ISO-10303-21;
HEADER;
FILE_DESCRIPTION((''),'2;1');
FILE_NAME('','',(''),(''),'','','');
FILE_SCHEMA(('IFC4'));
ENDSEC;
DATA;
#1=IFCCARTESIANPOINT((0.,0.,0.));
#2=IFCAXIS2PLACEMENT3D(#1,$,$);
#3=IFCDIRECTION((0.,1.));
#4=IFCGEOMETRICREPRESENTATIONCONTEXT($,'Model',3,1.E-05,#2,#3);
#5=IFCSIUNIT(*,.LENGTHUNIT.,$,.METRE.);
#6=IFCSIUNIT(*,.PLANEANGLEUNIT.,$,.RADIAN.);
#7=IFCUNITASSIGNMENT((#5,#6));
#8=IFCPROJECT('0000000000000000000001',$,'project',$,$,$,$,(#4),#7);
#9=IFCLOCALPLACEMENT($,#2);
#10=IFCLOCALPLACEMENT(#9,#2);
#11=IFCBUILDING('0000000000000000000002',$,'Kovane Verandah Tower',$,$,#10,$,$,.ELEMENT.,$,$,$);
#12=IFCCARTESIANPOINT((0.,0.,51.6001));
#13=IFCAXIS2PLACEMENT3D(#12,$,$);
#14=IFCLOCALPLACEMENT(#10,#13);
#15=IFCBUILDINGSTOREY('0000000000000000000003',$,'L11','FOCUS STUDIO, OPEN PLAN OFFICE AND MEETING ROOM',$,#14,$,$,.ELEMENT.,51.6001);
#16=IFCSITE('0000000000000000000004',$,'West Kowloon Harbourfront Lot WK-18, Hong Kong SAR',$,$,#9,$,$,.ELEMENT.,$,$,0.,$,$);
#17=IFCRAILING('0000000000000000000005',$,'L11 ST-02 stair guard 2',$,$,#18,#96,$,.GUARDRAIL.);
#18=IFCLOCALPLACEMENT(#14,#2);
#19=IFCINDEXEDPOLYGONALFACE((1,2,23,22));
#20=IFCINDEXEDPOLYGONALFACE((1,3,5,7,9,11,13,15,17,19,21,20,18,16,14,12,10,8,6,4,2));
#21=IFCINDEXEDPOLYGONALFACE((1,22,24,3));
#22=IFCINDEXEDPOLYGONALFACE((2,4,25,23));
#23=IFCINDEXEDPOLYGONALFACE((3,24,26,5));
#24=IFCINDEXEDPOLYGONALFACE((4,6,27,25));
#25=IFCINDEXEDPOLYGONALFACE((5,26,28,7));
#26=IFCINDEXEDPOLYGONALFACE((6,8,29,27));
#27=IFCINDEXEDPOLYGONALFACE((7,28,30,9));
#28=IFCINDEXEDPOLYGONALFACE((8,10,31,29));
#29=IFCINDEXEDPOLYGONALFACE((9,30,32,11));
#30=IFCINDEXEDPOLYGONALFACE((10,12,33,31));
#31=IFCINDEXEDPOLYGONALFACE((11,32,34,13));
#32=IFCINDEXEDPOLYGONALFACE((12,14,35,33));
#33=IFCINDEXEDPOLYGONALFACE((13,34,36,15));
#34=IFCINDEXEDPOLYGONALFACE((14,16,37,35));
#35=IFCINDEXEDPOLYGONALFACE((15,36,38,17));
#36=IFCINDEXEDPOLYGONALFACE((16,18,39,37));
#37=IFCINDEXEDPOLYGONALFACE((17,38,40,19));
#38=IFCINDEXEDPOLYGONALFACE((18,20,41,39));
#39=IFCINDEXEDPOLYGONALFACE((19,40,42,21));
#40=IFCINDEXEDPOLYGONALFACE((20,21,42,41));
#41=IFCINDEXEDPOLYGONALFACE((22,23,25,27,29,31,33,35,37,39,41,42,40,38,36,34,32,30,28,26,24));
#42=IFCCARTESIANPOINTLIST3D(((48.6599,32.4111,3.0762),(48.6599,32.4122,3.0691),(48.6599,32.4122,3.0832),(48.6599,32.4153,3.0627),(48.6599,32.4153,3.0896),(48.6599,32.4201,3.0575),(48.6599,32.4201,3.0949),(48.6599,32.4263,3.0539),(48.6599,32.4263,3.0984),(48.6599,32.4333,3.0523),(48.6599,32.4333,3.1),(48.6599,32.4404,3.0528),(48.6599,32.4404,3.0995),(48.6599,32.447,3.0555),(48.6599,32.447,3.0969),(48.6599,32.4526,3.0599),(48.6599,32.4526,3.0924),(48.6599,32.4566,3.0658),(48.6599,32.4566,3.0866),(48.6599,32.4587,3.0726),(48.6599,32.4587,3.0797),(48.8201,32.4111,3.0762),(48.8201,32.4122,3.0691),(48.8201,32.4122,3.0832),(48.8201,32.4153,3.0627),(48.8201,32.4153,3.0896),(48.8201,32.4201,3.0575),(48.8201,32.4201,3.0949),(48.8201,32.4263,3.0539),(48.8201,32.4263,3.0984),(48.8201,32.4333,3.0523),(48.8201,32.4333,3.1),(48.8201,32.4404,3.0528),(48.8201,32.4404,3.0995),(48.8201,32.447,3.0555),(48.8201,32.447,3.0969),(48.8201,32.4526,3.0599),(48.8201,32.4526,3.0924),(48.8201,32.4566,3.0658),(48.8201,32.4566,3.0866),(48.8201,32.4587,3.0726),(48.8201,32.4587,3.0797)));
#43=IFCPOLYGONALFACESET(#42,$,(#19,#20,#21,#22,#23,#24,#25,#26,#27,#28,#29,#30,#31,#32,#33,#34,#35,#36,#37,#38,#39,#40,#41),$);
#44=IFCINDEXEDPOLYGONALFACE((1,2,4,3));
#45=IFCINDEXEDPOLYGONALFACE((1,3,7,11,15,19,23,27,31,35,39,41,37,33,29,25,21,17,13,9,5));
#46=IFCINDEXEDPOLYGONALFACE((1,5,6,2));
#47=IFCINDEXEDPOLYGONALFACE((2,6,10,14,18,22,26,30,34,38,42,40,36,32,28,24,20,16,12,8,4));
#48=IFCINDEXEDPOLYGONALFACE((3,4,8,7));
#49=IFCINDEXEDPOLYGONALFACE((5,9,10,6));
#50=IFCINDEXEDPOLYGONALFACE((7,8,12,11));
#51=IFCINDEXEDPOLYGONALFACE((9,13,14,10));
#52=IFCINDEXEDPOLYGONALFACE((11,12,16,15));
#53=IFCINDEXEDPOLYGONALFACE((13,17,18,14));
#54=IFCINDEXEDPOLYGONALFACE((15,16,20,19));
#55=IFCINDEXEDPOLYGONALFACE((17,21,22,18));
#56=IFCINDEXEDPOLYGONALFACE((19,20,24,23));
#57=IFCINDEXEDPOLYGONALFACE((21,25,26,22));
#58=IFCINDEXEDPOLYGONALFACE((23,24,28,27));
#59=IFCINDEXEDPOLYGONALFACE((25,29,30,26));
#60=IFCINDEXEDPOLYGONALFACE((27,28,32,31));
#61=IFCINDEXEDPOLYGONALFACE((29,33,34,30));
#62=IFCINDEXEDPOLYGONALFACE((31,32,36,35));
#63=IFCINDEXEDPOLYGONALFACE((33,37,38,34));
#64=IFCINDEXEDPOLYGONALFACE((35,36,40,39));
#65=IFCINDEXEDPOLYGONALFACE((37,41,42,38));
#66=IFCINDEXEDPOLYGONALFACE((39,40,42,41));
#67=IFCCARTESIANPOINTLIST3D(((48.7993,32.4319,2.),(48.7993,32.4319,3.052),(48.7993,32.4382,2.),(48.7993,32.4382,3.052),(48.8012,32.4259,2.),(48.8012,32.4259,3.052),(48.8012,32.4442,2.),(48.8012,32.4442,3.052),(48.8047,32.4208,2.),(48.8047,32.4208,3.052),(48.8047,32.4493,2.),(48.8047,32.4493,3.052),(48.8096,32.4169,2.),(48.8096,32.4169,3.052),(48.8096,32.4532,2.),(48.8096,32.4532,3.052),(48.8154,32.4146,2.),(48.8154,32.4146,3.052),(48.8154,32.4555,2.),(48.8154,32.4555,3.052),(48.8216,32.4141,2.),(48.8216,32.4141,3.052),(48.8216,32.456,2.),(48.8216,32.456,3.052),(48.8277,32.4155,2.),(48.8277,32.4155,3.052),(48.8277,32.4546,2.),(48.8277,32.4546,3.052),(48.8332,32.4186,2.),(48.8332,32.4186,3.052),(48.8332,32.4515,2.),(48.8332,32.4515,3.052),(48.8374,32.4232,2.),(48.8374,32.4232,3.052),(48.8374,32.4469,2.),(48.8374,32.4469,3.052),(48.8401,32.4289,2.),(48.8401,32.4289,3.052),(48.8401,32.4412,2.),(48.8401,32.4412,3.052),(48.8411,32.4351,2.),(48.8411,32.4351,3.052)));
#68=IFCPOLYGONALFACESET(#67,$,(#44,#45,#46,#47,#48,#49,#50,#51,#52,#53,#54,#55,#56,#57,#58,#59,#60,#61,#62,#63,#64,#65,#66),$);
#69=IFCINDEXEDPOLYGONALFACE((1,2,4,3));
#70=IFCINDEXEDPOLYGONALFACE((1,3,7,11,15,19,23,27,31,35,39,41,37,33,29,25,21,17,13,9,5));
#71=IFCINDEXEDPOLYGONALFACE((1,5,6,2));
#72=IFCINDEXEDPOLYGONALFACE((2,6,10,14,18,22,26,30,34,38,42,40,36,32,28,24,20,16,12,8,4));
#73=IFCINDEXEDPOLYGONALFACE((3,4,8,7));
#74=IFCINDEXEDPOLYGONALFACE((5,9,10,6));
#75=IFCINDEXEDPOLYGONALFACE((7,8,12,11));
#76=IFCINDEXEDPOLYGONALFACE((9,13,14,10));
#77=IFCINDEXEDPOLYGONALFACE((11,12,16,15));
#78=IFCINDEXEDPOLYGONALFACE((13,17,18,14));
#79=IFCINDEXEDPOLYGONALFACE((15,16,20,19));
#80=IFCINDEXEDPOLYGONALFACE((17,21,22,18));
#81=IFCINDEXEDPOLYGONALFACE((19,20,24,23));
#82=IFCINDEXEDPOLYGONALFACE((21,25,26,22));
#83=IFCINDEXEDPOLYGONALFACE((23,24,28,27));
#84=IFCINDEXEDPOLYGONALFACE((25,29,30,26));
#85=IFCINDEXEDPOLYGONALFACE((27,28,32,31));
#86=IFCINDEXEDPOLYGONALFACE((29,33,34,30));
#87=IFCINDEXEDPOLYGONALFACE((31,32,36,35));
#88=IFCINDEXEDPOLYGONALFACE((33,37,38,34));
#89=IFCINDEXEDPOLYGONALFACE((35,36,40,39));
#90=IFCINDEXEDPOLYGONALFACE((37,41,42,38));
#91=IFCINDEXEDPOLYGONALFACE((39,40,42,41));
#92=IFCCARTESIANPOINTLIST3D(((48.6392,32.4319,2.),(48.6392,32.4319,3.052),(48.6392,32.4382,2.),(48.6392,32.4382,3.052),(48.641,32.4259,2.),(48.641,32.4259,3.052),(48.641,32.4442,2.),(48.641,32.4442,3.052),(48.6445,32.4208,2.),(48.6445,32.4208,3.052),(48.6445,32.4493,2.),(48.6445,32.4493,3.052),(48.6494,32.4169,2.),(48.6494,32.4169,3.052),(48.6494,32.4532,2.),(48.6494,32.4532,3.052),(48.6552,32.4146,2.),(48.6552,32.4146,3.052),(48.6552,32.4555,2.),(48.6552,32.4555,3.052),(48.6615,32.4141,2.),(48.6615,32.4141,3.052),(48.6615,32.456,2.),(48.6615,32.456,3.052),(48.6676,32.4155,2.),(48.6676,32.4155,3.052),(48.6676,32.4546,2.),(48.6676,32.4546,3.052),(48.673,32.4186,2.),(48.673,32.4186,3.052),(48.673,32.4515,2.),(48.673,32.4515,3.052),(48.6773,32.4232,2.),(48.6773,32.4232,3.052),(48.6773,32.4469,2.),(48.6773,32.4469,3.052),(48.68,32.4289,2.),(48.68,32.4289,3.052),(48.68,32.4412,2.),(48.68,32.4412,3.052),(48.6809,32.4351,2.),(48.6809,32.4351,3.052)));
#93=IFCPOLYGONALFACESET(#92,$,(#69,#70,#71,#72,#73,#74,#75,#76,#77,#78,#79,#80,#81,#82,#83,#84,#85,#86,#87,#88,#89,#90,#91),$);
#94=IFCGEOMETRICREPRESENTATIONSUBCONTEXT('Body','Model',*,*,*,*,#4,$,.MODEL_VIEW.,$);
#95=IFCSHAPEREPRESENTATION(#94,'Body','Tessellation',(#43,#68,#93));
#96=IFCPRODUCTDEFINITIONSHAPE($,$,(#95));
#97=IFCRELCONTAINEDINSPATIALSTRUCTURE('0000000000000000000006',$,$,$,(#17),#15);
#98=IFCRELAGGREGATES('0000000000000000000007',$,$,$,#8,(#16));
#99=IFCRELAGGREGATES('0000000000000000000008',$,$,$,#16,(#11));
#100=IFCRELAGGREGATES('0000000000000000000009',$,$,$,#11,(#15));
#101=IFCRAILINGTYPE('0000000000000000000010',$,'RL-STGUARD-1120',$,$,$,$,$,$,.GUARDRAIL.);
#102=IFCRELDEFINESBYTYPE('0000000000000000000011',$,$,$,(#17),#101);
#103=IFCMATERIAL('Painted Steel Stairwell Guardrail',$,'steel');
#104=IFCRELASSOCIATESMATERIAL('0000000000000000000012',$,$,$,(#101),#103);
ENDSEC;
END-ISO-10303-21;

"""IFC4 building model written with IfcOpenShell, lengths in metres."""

from ifc_helpers import new_model, si_unit, direction, frame, origin, origin_2d, place, context, subcontext, project, spatial, circle, extrude, material, type_object, element, save


model = new_model("IFC4")

# Units and contexts
model_context = context("Model", 3, precision=1e-05, world=origin(), true_north=direction((0.0, 1.0)))
body_context = subcontext(model_context, "Body", "Model", "MODEL_VIEW")
ifc_project = project(units=[si_unit("LENGTHUNIT", "METRE"), si_unit("PLANEANGLEUNIT", "RADIAN")], contexts=[model_context])

# Site, building, storey
site_placement = place(None, origin())
site = spatial("IfcSite", under=ifc_project, at=site_placement, Name="West Kowloon Harbourfront Lot WK-18, Hong Kong SAR", CompositionType="ELEMENT", RefElevation=0.0)
building_placement = place(site_placement, origin())
building = spatial("IfcBuilding", under=site, at=building_placement, Name="Kovane Verandah Tower", CompositionType="ELEMENT")
storey_placement = place(building_placement, frame((0.0, 0.0, 51.6001)))
storey = spatial("IfcBuildingStorey", under=building, at=storey_placement, Name="L11", Description="FOCUS STUDIO, OPEN PLAN OFFICE AND MEETING ROOM", CompositionType="ELEMENT", Elevation=51.6001)

# Railing
ifc_material_1 = material(Name="Painted Steel Stairwell Guardrail", Category="steel")
railing_type_1 = type_object("IfcRailingType", Name="RL-STGUARD-1120", PredefinedType="GUARDRAIL", material=ifc_material_1)
railing_1_placement = place(storey_placement, frame((48.8201, 32.4351, 2.0)))
element("IfcRailing", 1, at=railing_1_placement, inside=storey, type_object=railing_type_1, Name="L11 ST-02 stair guard 2", PredefinedType="GUARDRAIL", context=body_context, shape_type="SweptSolid", body=[
    extrude(circle(Radius=0.0239, at=origin_2d()), frame((0.0, 0.0, 1.0762), z_axis=(-1.0, 0.0, 0.0), x_axis=(0.0, -1.0, 0.0)), (0.0, 0.0, 1.0), 0.1602),
    extrude(circle(Radius=0.021, at=origin_2d()), origin(), (0.0, 0.0, 1.0), 1.052),
    extrude(circle(Radius=0.021, at=origin_2d()), frame((-0.1602, 0.0, 0.0)), (0.0, 0.0, 1.0), 1.052),
])

save(model, "model.ifc")
